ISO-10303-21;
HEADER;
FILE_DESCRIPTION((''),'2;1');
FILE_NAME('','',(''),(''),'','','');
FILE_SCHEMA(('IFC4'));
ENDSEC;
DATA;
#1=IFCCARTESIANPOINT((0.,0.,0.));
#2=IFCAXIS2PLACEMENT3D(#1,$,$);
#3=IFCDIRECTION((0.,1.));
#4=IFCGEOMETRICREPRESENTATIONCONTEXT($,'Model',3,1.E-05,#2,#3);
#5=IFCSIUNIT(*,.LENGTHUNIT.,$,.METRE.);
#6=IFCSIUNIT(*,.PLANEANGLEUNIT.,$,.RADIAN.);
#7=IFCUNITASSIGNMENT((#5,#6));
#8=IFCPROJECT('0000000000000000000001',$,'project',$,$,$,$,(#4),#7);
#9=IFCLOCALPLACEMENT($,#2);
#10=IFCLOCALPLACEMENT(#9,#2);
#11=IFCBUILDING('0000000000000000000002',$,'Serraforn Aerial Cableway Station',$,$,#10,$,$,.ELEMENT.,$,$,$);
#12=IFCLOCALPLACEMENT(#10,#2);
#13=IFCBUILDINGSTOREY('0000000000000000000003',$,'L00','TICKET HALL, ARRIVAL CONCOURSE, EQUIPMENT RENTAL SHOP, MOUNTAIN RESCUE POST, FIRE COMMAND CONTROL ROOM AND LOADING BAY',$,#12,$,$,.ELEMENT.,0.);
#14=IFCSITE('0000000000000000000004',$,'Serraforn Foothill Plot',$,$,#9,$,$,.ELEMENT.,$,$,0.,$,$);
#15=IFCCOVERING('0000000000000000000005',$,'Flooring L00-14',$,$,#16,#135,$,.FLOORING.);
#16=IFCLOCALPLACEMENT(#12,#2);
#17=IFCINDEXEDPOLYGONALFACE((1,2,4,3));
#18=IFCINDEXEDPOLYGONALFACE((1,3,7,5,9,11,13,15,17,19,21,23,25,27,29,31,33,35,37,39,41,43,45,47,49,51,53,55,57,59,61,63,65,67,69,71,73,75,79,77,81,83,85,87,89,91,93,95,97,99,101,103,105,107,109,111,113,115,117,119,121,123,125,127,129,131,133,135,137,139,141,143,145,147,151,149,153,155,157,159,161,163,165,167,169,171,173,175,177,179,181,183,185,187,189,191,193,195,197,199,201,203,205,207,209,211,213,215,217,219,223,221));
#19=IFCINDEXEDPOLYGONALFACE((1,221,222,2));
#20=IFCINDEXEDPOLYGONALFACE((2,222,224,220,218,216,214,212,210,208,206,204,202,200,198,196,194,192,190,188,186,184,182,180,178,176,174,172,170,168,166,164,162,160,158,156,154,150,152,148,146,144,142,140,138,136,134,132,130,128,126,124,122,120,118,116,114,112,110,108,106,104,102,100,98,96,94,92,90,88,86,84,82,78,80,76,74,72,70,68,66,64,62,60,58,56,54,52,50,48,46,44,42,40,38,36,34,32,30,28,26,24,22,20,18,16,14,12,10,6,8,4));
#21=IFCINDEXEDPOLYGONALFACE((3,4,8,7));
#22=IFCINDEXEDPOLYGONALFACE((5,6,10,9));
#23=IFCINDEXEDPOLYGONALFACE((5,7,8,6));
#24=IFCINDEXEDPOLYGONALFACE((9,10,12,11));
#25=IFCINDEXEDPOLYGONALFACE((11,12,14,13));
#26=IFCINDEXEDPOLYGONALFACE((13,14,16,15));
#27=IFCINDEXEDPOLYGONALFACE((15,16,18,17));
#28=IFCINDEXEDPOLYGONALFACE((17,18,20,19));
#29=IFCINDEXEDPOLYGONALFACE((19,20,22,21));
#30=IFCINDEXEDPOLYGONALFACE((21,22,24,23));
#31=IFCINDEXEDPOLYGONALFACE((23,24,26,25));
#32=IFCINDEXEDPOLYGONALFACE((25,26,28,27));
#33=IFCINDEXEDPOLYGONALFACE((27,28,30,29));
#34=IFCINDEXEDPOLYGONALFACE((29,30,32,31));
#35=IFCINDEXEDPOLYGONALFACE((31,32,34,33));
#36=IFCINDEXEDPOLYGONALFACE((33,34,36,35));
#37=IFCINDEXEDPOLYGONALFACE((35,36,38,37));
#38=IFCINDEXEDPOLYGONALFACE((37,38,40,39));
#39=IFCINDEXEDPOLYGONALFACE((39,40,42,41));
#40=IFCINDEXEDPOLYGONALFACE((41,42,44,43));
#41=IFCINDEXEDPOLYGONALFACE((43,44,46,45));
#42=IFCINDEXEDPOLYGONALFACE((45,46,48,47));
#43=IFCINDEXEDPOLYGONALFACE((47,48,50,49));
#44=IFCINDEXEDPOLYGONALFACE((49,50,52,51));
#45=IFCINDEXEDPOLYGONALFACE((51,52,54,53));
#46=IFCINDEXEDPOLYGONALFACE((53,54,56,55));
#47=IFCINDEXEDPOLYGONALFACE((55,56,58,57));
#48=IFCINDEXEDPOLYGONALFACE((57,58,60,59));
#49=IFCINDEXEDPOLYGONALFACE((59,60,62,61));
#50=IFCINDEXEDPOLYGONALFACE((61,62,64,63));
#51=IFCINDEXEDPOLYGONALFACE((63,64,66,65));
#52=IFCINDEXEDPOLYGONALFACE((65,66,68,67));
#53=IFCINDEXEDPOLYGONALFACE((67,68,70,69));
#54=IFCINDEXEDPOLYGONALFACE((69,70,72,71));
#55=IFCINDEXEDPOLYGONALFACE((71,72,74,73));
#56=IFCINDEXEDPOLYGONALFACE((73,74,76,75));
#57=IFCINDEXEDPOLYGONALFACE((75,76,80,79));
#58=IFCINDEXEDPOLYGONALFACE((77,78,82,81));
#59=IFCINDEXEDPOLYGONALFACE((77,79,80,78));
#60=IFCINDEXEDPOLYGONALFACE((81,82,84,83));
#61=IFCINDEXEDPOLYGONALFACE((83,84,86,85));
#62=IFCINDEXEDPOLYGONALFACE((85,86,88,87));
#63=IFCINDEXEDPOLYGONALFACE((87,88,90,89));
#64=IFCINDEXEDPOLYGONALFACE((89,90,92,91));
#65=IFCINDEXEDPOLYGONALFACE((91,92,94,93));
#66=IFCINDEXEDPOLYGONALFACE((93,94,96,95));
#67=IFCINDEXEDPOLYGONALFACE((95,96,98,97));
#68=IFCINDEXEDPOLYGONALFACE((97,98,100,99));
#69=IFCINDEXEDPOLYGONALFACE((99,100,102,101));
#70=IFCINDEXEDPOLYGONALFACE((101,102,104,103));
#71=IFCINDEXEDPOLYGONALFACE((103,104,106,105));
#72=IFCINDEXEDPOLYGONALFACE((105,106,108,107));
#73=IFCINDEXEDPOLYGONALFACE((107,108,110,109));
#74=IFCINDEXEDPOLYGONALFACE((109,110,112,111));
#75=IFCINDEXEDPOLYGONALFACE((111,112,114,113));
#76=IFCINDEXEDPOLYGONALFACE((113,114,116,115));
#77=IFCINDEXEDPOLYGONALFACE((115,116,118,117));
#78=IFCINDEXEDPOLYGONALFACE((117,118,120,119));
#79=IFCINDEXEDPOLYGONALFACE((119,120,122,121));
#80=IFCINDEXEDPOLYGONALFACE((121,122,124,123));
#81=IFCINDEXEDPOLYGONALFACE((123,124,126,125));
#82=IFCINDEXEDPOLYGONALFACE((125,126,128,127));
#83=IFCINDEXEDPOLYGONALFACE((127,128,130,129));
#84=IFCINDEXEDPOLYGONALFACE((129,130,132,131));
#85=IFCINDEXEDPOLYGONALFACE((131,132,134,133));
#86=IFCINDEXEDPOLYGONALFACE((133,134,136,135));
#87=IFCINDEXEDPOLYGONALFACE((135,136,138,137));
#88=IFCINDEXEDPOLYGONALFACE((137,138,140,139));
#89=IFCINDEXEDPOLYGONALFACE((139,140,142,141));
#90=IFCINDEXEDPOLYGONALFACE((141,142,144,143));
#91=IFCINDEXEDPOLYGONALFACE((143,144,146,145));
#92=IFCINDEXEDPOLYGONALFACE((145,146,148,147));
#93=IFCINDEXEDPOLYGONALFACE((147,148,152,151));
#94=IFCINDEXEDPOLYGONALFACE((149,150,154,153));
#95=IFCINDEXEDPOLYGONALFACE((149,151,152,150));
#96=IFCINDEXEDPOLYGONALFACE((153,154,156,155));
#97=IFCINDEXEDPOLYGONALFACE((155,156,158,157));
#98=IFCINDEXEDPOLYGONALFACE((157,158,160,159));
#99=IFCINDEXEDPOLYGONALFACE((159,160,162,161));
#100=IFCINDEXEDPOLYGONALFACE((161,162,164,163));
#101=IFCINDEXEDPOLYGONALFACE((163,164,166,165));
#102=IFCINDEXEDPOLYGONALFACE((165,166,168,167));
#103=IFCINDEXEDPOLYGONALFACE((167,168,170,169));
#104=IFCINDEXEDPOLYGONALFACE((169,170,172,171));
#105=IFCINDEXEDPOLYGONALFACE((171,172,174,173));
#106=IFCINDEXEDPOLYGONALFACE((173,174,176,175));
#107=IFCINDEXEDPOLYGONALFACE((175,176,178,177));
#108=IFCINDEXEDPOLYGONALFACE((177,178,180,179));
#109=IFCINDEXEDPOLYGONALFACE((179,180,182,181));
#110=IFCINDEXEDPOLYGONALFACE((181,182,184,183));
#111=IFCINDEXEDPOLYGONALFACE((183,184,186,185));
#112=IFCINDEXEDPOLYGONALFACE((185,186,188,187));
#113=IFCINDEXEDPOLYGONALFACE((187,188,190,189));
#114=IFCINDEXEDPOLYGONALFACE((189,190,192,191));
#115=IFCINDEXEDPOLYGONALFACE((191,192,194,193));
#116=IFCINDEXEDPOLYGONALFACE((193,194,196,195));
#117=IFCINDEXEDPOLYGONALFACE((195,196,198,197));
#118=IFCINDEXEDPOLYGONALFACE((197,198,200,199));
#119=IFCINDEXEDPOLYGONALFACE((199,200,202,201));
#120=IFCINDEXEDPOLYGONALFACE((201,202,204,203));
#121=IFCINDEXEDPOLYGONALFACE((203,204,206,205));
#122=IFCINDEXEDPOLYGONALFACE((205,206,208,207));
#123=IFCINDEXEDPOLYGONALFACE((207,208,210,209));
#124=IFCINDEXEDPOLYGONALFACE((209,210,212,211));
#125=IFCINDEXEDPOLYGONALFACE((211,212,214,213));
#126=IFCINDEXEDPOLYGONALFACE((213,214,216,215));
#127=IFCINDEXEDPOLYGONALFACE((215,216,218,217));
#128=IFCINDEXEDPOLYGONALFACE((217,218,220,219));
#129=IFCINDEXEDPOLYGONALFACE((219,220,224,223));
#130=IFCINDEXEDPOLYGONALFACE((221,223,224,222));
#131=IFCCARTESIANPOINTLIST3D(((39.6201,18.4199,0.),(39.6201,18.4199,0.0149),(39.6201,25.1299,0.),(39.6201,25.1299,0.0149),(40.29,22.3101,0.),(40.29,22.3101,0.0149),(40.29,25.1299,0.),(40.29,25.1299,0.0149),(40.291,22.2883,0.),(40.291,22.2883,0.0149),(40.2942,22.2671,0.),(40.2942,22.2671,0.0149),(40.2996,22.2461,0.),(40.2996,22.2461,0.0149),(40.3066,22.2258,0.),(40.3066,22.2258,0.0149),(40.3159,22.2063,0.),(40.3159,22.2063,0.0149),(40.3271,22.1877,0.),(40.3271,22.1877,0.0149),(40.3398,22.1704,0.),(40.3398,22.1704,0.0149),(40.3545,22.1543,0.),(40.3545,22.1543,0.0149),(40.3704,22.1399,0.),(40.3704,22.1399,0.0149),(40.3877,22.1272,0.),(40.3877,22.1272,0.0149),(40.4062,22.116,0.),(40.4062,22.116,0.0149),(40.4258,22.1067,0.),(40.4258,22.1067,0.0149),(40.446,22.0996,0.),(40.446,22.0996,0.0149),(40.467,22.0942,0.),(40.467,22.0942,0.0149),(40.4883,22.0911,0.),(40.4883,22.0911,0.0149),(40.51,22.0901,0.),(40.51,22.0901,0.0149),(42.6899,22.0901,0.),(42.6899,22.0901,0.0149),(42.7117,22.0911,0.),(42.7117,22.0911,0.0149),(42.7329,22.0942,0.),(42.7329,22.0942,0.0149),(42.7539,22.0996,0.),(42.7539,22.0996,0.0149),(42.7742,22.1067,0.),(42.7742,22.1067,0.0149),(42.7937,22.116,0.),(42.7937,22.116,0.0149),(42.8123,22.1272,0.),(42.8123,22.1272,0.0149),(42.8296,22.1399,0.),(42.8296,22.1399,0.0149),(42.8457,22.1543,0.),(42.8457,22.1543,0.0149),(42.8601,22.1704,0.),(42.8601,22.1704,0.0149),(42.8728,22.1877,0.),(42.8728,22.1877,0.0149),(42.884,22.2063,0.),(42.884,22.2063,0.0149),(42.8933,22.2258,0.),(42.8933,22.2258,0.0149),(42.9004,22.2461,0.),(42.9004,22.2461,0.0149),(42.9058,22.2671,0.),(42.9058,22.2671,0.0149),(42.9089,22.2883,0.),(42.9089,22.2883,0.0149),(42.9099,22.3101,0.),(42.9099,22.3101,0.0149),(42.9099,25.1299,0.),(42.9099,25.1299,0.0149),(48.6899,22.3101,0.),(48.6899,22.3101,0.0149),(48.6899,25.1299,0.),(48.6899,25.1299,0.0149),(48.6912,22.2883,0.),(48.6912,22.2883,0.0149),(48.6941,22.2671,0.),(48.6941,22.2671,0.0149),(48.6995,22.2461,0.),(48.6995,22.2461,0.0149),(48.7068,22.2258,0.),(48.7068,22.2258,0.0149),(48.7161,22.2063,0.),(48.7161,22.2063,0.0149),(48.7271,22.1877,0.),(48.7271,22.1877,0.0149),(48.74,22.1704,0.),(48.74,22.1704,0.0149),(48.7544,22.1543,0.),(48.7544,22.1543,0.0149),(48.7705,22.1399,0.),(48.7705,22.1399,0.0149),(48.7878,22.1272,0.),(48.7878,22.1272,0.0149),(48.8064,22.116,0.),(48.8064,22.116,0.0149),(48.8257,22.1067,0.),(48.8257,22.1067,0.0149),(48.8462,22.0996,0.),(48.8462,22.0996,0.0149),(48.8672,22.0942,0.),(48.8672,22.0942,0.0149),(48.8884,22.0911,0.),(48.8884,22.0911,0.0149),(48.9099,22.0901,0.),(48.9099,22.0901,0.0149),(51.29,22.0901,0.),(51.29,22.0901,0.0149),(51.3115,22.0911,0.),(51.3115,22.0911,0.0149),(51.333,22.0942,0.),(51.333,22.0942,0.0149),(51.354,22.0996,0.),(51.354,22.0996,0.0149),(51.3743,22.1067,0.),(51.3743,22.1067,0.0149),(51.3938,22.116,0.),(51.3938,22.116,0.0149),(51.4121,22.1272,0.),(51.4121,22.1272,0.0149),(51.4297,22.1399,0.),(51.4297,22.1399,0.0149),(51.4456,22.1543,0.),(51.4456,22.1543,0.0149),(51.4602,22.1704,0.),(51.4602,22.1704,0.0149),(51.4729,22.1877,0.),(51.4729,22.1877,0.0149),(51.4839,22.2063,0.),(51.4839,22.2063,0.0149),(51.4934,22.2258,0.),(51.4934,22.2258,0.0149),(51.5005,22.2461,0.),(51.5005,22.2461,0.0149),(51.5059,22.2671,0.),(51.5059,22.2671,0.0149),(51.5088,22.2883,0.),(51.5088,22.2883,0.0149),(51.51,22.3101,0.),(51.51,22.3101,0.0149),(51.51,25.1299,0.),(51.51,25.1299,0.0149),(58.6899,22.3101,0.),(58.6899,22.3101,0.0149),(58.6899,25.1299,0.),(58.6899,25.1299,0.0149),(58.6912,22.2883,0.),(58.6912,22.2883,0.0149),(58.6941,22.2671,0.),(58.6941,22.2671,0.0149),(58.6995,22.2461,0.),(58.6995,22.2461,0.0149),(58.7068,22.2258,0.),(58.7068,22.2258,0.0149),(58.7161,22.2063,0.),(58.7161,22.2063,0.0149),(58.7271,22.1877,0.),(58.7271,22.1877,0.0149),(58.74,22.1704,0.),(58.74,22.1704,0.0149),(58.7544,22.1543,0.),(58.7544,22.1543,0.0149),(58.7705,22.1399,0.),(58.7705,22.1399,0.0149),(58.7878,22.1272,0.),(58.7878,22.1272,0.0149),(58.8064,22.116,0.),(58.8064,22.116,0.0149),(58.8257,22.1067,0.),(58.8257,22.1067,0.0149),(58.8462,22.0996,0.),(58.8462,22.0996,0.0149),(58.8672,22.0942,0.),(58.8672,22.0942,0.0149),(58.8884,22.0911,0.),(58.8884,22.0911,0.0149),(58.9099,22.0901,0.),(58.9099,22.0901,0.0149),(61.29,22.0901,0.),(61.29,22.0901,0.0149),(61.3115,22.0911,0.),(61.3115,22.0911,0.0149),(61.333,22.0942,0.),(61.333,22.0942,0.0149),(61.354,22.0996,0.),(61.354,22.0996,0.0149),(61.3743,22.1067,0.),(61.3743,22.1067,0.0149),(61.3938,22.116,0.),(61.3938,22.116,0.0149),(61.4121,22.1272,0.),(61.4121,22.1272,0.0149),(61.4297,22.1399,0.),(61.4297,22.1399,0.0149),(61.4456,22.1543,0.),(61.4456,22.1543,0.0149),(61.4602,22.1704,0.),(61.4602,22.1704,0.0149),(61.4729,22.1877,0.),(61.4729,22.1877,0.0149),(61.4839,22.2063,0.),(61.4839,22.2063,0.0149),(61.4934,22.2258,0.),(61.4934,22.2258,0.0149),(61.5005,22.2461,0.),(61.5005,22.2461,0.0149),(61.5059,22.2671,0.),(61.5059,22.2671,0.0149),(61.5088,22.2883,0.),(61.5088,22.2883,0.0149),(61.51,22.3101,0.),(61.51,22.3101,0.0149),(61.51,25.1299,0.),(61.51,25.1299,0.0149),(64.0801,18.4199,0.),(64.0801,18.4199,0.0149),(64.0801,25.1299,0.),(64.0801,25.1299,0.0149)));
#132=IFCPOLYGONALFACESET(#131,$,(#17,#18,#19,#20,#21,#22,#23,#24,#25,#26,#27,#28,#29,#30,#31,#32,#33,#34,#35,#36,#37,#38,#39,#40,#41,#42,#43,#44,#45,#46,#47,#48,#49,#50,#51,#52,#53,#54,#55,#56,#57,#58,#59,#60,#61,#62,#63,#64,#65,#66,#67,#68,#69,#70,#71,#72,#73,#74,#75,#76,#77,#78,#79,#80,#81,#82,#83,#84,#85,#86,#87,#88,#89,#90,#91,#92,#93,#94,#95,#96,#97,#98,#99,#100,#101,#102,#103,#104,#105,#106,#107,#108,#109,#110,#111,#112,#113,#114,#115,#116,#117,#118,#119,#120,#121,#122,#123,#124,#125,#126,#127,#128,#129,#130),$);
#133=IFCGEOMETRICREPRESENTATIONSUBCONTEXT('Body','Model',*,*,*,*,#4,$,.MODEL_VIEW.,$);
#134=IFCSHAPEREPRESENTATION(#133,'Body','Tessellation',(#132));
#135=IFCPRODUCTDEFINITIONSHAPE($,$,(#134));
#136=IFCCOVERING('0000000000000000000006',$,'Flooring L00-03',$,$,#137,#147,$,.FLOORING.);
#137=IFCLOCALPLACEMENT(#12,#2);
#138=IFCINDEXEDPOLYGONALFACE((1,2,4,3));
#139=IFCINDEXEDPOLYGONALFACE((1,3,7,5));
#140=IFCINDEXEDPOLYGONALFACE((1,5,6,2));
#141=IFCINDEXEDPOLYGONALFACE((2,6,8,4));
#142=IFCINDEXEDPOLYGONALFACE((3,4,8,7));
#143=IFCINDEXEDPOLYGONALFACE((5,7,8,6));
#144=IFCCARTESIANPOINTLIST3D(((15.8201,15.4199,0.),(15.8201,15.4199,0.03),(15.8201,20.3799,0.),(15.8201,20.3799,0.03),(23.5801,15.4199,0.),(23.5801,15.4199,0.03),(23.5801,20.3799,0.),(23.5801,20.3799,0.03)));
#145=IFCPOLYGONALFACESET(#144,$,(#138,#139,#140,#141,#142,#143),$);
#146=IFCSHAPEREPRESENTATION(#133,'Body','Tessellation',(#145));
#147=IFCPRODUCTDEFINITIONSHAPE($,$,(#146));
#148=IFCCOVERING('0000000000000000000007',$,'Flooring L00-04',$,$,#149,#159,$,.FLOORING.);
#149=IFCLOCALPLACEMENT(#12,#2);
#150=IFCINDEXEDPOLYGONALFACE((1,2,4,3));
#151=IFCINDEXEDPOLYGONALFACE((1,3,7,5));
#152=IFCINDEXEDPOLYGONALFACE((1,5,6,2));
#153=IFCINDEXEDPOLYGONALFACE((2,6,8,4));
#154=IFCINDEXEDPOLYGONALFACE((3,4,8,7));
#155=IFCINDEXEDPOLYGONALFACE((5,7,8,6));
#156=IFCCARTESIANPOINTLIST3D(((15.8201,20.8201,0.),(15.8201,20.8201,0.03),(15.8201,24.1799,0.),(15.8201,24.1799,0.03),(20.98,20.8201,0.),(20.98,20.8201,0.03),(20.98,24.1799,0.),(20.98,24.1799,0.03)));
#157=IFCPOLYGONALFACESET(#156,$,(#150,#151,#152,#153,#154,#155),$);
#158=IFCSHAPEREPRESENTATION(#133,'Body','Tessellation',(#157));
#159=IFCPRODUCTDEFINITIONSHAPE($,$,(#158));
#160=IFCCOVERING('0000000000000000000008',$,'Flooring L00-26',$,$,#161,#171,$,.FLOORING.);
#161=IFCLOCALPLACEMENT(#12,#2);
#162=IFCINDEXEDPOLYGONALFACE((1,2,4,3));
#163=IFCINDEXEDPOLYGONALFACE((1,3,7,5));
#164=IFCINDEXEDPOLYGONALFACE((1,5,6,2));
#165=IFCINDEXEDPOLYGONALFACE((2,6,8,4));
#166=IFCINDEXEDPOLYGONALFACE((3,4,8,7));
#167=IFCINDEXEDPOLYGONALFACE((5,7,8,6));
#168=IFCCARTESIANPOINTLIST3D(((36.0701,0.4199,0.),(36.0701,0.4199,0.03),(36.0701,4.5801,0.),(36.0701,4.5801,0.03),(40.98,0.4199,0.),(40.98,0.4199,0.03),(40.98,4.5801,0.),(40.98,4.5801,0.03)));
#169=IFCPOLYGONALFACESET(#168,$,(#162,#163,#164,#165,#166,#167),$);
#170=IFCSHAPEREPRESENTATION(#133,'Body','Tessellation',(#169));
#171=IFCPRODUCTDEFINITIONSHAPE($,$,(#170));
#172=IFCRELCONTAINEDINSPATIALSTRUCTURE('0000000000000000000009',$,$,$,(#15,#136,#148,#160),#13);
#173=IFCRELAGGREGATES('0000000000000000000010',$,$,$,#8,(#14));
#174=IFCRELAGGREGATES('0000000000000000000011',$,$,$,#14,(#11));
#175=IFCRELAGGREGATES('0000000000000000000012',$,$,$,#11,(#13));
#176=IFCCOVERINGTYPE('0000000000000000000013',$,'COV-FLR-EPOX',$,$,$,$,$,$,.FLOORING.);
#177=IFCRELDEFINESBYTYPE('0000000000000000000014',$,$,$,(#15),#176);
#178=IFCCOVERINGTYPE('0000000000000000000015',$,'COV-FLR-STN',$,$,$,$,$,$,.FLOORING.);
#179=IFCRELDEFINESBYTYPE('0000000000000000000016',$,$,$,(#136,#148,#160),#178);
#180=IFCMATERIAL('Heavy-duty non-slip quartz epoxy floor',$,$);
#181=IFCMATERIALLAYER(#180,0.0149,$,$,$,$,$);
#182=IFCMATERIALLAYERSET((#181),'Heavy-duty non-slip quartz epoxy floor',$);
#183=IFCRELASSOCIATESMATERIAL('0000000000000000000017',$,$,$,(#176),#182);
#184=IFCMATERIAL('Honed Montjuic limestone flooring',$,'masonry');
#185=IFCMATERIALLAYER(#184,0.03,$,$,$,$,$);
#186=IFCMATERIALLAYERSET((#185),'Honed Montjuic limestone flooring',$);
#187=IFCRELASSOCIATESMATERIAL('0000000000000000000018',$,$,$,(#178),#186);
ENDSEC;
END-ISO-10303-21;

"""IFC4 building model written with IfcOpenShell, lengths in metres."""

from ifc_helpers import new_model, si_unit, direction, origin, place, context, subcontext, project, spatial, polyline, outline, extrude, material, layer, layer_set, type_object, element, save


model = new_model("IFC4")

# Units and contexts
model_context = context("Model", 3, precision=1e-05, world=origin(), true_north=direction((0.0, 1.0)))
body_context = subcontext(model_context, "Body", "Model", "MODEL_VIEW")
ifc_project = project(units=[si_unit("LENGTHUNIT", "METRE"), si_unit("PLANEANGLEUNIT", "RADIAN")], contexts=[model_context])

# Site, building, storey
site_placement = place(None, origin())
site = spatial("IfcSite", under=ifc_project, at=site_placement, Name="Serraforn Foothill Plot", CompositionType="ELEMENT", RefElevation=0.0)
building_placement = place(site_placement, origin())
building = spatial("IfcBuilding", under=site, at=building_placement, Name="Serraforn Aerial Cableway Station", CompositionType="ELEMENT")
storey_placement = place(building_placement, origin())
storey = spatial("IfcBuildingStorey", under=building, at=storey_placement, Name="L00", Description="TICKET HALL, ARRIVAL CONCOURSE, EQUIPMENT RENTAL SHOP, MOUNTAIN RESCUE POST, FIRE COMMAND CONTROL ROOM AND LOADING BAY", CompositionType="ELEMENT", Elevation=0.0)

# Coverings
ifc_material_1 = material(Name="Heavy-duty non-slip quartz epoxy floor")
ifc_layer_1 = layer(ifc_material_1, 0.0149)
ifc_layer_set_1 = layer_set([ifc_layer_1], Name="Heavy-duty non-slip quartz epoxy floor")
covering_type_1 = type_object("IfcCoveringType", Name="COV-FLR-EPOX", PredefinedType="FLOORING", material=ifc_layer_set_1)
covering_1_placement = place(storey_placement, origin())
element("IfcCovering", 1, at=covering_1_placement, inside=storey, type_object=covering_type_1, Name="Flooring L00-14", PredefinedType="FLOORING", context=body_context, shape_type="SweptSolid", body=[
    extrude(outline(polyline([(39.6201, 18.4199), (39.6201, 25.1299), (40.29, 25.1299), (40.29, 22.3101), (40.291, 22.2883), (40.2942, 22.2671), (40.2996, 22.2461), (40.3066, 22.2258), (40.3159, 22.2063), (40.3271, 22.1877), (40.3398, 22.1704), (40.3545, 22.1543), (40.3704, 22.1399), (40.3877, 22.1272), (40.4062, 22.116), (40.4258, 22.1067), (40.446, 22.0996), (40.467, 22.0942), (40.4883, 22.0911), (40.51, 22.0901), (42.6899, 22.0901), (42.7117, 22.0911), (42.7329, 22.0942), (42.7539, 22.0996), (42.7742, 22.1067), (42.7937, 22.116), (42.8123, 22.1272), (42.8296, 22.1399), (42.8457, 22.1543), (42.8601, 22.1704), (42.8728, 22.1877), (42.884, 22.2063), (42.8933, 22.2258), (42.9004, 22.2461), (42.9058, 22.2671), (42.9089, 22.2883), (42.9099, 22.3101), (42.9099, 25.1299), (48.6899, 25.1299), (48.6899, 22.3101), (48.6912, 22.2883), (48.6941, 22.2671), (48.6995, 22.2461), (48.7068, 22.2258), (48.7161, 22.2063), (48.7271, 22.1877), (48.74, 22.1704), (48.7544, 22.1543), (48.7705, 22.1399), (48.7878, 22.1272), (48.8064, 22.116), (48.8257, 22.1067), (48.8462, 22.0996), (48.8672, 22.0942), (48.8884, 22.0911), (48.9099, 22.0901), (51.29, 22.0901), (51.3115, 22.0911), (51.333, 22.0942), (51.354, 22.0996), (51.3743, 22.1067), (51.3938, 22.116), (51.4121, 22.1272), (51.4297, 22.1399), (51.4456, 22.1543), (51.4602, 22.1704), (51.4729, 22.1877), (51.4839, 22.2063), (51.4934, 22.2258), (51.5005, 22.2461), (51.5059, 22.2671), (51.5088, 22.2883), (51.51, 22.3101), (51.51, 25.1299), (58.6899, 25.1299), (58.6899, 22.3101), (58.6912, 22.2883), (58.6941, 22.2671), (58.6995, 22.2461), (58.7068, 22.2258), (58.7161, 22.2063), (58.7271, 22.1877), (58.74, 22.1704), (58.7544, 22.1543), (58.7705, 22.1399), (58.7878, 22.1272), (58.8064, 22.116), (58.8257, 22.1067), (58.8462, 22.0996), (58.8672, 22.0942), (58.8884, 22.0911), (58.9099, 22.0901), (61.29, 22.0901), (61.3115, 22.0911), (61.333, 22.0942), (61.354, 22.0996), (61.3743, 22.1067), (61.3938, 22.116), (61.4121, 22.1272), (61.4297, 22.1399), (61.4456, 22.1543), (61.4602, 22.1704), (61.4729, 22.1877), (61.4839, 22.2063), (61.4934, 22.2258), (61.5005, 22.2461), (61.5059, 22.2671), (61.5088, 22.2883), (61.51, 22.3101), (61.51, 25.1299), (64.0801, 25.1299), (64.0801, 18.4199), (39.6201, 18.4199)])), origin(), (0.0, 0.0, 1.0), 0.0149),
])
ifc_material_2 = material(Name="Honed Montjuic limestone flooring", Category="masonry")
ifc_layer_2 = layer(ifc_material_2, 0.03)
ifc_layer_set_2 = layer_set([ifc_layer_2], Name="Honed Montjuic limestone flooring")
covering_type_2 = type_object("IfcCoveringType", Name="COV-FLR-STN", PredefinedType="FLOORING", material=ifc_layer_set_2)
covering_2_placement = place(storey_placement, origin())
element("IfcCovering", 2, at=covering_2_placement, inside=storey, type_object=covering_type_2, Name="Flooring L00-03", PredefinedType="FLOORING", context=body_context, shape_type="SweptSolid", body=[
    extrude(outline(polyline([(15.8201, 15.4199), (15.8201, 20.3799), (23.5801, 20.3799), (23.5801, 15.4199), (15.8201, 15.4199)])), origin(), (0.0, 0.0, 1.0), 0.03),
])
covering_3_placement = place(storey_placement, origin())
element("IfcCovering", 3, at=covering_3_placement, inside=storey, type_object=covering_type_2, Name="Flooring L00-04", PredefinedType="FLOORING", context=body_context, shape_type="SweptSolid", body=[
    extrude(outline(polyline([(15.8201, 20.8201), (15.8201, 24.1799), (20.98, 24.1799), (20.98, 20.8201), (15.8201, 20.8201)])), origin(), (0.0, 0.0, 1.0), 0.03),
])
covering_4_placement = place(storey_placement, origin())
element("IfcCovering", 4, at=covering_4_placement, inside=storey, type_object=covering_type_2, Name="Flooring L00-26", PredefinedType="FLOORING", context=body_context, shape_type="SweptSolid", body=[
    extrude(outline(polyline([(36.0701, 0.4199), (36.0701, 4.5801), (40.98, 4.5801), (40.98, 0.4199), (36.0701, 0.4199)])), origin(), (0.0, 0.0, 1.0), 0.03),
])

save(model, "model.ifc")
